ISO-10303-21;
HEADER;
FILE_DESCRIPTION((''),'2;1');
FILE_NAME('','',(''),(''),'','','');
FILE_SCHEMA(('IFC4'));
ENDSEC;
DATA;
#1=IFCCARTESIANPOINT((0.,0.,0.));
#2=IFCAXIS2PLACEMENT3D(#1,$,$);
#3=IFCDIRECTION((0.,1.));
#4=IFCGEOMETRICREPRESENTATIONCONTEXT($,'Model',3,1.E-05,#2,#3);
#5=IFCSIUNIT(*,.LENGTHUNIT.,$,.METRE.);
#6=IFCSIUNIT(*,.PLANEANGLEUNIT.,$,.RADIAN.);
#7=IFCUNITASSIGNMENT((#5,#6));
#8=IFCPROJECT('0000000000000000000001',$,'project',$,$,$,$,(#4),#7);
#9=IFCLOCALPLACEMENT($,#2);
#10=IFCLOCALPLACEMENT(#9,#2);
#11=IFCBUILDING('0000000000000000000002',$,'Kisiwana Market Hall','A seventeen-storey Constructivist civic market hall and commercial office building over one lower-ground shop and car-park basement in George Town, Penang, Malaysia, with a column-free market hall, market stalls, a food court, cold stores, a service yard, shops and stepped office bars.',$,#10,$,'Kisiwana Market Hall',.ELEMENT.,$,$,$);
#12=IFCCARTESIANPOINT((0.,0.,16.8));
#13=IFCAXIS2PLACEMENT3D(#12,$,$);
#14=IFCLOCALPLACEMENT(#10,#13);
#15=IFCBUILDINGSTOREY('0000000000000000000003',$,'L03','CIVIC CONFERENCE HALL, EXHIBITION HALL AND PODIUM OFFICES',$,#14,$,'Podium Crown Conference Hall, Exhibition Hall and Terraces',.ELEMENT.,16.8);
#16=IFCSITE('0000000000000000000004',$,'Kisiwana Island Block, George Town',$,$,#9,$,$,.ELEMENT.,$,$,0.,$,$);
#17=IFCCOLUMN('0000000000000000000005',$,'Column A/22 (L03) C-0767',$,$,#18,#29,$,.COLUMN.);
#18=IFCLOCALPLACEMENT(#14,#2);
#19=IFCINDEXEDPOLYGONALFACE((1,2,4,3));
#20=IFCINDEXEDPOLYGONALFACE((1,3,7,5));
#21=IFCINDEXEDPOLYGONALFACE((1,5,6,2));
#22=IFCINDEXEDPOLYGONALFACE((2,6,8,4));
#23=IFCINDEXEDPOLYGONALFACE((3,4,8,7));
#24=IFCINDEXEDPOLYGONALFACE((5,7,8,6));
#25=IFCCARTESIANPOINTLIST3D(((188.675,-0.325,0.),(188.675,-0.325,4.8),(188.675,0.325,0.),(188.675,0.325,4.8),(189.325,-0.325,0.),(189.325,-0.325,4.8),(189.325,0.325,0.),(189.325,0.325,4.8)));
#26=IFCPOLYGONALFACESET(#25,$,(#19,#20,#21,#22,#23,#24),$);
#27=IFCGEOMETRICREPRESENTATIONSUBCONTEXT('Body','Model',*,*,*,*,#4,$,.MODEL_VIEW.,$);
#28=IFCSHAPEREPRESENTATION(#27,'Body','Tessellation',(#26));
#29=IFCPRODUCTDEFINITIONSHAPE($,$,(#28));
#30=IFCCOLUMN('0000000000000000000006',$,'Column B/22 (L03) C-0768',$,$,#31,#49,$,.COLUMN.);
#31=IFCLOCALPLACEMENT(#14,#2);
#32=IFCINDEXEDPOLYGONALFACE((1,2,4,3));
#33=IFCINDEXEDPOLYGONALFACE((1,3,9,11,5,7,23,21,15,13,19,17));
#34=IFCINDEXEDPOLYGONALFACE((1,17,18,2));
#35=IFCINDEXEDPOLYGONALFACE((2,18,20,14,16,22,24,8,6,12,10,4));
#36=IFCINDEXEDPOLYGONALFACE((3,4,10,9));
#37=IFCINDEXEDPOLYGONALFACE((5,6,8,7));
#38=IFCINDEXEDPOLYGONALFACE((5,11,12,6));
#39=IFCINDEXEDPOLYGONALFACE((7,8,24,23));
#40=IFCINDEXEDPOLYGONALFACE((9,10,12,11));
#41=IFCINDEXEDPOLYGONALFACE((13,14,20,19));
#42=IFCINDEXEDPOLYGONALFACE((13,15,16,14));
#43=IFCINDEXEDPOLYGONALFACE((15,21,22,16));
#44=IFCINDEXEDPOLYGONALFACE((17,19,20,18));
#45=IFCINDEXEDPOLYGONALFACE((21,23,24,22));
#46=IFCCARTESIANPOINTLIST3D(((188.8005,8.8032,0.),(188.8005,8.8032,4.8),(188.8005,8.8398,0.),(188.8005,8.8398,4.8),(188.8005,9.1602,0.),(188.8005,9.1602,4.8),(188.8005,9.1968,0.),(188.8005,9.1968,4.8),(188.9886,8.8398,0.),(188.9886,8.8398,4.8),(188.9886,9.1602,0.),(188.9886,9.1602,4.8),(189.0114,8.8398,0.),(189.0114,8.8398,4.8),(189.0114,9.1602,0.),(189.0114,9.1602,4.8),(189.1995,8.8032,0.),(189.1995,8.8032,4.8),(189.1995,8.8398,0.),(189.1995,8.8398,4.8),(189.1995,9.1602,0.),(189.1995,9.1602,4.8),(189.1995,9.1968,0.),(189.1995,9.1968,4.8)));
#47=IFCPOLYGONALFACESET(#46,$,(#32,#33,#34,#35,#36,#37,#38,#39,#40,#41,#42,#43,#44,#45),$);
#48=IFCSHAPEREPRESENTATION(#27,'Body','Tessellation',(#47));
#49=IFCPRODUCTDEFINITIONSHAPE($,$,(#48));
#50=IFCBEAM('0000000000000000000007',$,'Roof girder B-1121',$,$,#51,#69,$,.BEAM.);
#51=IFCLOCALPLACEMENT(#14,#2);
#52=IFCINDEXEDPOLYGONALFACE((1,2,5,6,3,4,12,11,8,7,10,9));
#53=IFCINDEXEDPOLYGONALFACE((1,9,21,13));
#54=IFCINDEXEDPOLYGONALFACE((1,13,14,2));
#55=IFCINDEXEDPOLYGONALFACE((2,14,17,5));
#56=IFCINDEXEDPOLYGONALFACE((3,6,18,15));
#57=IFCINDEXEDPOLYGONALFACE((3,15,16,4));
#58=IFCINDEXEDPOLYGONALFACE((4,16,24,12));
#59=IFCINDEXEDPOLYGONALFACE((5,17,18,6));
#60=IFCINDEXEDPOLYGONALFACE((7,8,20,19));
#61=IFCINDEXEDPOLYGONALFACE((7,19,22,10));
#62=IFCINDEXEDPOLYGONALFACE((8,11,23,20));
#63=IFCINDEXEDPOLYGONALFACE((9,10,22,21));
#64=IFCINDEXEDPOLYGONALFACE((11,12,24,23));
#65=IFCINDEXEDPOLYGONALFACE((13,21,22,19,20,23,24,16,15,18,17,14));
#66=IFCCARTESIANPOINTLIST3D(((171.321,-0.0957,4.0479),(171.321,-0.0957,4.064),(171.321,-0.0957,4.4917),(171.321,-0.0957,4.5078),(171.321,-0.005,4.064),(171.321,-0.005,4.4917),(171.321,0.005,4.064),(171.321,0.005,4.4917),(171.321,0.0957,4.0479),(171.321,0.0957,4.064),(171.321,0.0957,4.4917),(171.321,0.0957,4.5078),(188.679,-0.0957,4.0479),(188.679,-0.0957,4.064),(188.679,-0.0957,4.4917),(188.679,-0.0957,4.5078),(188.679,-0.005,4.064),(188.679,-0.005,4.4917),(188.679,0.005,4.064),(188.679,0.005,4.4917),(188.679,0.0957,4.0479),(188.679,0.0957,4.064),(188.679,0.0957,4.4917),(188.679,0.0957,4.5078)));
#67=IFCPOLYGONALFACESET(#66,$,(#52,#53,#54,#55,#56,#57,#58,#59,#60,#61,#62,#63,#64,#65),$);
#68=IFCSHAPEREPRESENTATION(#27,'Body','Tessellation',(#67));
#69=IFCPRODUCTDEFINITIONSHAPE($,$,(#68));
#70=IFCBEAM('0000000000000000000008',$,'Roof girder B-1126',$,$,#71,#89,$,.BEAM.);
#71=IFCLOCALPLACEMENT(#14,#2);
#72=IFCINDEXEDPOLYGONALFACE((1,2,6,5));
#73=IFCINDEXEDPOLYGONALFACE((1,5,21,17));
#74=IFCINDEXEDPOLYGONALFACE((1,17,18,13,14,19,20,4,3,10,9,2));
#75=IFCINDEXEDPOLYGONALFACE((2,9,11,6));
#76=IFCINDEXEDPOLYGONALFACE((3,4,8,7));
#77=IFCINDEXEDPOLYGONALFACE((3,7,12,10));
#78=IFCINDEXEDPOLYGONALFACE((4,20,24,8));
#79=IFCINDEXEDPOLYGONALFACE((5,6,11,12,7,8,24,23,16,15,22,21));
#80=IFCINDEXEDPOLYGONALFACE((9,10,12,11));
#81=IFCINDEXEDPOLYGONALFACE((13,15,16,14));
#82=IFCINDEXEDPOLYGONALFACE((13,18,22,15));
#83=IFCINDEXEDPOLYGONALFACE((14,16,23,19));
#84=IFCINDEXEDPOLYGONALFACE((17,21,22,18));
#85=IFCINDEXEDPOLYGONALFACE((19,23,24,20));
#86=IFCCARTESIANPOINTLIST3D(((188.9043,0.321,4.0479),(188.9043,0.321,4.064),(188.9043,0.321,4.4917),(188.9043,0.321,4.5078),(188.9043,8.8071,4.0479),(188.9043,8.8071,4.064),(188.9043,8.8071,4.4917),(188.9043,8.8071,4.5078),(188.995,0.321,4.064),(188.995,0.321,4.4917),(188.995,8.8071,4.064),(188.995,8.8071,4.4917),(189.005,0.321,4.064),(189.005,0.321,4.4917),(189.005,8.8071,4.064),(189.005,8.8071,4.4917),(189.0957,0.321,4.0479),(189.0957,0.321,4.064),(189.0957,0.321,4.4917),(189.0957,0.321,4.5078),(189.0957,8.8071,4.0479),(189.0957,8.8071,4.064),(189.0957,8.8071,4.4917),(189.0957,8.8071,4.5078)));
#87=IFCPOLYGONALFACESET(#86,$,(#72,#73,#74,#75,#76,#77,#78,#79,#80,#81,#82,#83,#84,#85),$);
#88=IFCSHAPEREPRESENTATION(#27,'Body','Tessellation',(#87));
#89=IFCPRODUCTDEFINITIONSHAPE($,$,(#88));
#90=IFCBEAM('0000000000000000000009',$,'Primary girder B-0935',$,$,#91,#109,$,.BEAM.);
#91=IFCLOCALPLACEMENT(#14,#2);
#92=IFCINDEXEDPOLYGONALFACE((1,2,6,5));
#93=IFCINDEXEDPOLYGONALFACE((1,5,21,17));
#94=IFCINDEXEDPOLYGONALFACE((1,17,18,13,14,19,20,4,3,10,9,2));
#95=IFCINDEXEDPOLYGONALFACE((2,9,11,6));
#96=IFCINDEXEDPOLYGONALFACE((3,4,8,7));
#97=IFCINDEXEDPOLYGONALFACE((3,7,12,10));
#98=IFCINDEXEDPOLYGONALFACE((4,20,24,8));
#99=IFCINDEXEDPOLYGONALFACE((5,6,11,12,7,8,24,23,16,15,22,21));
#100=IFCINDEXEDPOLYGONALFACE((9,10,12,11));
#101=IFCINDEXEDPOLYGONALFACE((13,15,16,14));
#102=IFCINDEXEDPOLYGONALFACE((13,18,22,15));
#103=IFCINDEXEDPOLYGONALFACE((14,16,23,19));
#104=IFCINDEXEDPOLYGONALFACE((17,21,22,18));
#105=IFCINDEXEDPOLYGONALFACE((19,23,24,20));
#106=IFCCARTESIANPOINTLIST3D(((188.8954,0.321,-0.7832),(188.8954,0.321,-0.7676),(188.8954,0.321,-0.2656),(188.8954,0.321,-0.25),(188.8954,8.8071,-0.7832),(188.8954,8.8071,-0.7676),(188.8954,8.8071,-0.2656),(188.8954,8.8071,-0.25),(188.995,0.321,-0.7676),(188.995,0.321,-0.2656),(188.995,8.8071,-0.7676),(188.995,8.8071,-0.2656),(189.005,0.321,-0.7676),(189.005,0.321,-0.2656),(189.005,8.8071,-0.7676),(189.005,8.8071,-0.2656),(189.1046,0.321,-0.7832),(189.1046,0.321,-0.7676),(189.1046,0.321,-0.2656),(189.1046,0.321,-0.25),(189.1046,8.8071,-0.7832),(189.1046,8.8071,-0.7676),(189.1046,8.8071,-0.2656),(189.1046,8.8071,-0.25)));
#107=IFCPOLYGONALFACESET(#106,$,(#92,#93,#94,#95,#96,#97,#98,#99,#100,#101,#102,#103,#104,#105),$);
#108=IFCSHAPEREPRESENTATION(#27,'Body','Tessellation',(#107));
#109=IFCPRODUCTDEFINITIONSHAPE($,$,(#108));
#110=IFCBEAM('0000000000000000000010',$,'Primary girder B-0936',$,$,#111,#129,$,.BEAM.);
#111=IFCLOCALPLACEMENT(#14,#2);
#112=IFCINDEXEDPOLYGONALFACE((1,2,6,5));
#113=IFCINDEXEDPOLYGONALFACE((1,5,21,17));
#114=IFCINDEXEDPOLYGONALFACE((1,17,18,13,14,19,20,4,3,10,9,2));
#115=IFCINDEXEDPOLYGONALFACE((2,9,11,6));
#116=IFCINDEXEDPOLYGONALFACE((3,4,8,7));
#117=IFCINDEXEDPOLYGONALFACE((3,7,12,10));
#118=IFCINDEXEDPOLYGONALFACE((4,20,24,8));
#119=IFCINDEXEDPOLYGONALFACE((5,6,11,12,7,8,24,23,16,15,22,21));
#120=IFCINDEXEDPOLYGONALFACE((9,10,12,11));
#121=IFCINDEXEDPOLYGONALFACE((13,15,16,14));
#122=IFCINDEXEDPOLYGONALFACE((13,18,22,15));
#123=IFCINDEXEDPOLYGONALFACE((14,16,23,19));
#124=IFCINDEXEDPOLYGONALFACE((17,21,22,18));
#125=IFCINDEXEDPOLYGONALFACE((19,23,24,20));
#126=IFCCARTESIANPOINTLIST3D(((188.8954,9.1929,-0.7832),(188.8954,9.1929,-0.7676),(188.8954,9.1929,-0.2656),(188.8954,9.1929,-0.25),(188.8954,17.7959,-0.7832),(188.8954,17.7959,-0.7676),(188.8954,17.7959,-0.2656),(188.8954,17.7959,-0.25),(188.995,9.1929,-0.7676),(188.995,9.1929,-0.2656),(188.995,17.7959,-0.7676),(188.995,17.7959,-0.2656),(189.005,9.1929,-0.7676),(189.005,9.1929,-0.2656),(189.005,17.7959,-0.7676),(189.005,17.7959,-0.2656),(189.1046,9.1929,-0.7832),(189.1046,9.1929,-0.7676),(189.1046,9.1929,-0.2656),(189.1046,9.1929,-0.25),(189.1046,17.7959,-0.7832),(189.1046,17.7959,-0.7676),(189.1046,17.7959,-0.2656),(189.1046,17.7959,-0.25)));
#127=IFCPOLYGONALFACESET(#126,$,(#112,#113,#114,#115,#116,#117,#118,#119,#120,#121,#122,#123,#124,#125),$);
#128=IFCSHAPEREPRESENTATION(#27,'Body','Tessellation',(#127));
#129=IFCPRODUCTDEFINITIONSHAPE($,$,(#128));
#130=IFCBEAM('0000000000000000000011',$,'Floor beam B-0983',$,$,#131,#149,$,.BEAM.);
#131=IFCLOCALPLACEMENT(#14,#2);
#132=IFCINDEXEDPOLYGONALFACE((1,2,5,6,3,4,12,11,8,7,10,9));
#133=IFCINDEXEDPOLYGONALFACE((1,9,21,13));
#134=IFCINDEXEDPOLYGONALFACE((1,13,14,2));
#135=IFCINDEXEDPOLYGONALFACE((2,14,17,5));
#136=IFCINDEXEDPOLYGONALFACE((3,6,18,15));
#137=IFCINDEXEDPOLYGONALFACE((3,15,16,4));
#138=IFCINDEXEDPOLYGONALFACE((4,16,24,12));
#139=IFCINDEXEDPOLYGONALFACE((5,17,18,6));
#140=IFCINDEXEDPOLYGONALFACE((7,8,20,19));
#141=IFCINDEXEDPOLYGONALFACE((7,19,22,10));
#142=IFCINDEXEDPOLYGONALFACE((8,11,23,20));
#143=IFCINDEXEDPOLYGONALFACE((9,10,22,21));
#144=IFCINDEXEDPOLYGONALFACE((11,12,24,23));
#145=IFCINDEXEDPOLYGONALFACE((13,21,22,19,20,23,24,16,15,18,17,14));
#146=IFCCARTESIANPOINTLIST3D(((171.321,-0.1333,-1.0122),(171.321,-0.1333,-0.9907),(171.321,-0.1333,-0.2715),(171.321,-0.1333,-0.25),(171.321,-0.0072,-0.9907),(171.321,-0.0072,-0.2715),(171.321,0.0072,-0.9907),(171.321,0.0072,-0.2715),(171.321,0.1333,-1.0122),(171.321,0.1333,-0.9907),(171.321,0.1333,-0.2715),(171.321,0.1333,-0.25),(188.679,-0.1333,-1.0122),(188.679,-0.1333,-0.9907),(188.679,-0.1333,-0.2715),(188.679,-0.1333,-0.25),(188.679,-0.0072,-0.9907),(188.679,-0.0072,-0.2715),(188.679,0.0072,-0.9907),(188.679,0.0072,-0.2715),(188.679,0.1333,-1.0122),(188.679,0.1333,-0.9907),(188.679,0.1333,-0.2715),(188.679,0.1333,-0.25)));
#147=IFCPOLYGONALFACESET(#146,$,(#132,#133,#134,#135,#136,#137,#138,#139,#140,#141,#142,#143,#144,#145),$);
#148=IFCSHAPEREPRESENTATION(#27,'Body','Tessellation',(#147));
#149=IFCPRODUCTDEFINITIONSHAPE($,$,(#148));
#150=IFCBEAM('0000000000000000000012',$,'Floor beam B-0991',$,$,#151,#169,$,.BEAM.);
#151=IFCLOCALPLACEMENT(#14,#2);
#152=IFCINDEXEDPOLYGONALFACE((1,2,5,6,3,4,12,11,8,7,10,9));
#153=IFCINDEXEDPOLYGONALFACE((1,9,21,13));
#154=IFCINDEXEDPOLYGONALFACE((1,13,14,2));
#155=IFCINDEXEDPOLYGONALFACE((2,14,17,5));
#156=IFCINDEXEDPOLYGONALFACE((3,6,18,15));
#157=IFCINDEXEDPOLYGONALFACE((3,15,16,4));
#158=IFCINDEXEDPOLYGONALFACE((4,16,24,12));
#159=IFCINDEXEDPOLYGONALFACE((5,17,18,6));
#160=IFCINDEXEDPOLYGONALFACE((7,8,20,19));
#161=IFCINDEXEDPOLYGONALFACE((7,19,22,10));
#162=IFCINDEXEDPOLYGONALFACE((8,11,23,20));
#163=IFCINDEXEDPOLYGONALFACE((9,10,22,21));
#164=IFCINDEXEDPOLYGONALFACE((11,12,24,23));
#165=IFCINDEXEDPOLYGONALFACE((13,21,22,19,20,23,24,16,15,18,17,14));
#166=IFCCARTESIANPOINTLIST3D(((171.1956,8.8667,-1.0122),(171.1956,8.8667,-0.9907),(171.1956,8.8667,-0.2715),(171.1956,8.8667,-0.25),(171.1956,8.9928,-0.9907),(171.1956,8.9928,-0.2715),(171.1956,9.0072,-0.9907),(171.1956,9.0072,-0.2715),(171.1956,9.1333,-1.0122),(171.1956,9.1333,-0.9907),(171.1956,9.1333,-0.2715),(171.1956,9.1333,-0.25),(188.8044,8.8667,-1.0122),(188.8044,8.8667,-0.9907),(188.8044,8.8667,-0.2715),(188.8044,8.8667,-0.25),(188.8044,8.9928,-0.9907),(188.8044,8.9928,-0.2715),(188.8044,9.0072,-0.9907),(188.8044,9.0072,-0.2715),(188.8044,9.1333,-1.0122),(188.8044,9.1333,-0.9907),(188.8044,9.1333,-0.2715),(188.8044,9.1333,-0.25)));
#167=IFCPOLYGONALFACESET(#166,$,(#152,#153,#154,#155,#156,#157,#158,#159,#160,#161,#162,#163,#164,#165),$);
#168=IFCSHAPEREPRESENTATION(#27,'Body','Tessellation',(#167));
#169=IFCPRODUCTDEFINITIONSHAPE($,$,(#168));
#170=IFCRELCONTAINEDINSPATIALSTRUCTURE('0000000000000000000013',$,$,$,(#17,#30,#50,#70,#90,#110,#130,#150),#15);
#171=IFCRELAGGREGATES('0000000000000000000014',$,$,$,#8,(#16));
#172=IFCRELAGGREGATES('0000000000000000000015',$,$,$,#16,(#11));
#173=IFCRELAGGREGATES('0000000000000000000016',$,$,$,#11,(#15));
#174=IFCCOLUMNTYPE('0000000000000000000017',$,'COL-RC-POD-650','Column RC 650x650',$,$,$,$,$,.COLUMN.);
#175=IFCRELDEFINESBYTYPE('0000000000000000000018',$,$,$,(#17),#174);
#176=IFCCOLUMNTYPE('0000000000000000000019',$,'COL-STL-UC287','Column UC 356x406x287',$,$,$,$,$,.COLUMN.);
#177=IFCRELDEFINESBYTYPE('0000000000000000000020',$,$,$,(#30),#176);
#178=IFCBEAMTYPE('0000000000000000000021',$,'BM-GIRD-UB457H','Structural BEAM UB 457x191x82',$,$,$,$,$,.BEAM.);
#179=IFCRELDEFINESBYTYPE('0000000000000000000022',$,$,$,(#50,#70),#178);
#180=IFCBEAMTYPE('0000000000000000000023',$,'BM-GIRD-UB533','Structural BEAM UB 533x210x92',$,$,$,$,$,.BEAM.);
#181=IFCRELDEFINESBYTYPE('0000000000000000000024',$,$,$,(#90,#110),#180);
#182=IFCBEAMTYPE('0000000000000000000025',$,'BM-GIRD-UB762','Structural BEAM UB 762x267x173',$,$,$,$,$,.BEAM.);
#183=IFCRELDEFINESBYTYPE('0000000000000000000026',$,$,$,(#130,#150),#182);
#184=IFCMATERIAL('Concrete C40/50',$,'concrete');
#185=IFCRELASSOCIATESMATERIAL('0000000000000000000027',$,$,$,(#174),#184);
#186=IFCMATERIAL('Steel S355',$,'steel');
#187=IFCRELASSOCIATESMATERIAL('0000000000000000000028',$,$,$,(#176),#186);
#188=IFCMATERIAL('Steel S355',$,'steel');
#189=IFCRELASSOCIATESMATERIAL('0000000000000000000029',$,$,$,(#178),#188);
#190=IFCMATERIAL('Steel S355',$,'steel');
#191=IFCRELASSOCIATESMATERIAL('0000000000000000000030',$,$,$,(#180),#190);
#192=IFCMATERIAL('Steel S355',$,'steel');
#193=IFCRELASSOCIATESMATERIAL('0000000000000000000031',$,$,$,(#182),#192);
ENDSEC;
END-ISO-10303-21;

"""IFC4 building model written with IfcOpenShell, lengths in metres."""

from ifc_helpers import new_model, si_unit, direction, frame, origin, origin_2d, place, context, subcontext, project, spatial, rectangle, i_section, extrude, material, material_profile, profile_set, type_object, element, save


model = new_model("IFC4")

# Units and contexts
model_context = context("Model", 3, precision=1e-05, world=origin(), true_north=direction((0.0, 1.0)))
body_context = subcontext(model_context, "Body", "Model", "MODEL_VIEW")
ifc_project = project(units=[si_unit("LENGTHUNIT", "METRE"), si_unit("PLANEANGLEUNIT", "RADIAN")], contexts=[model_context])

# Site, building, storey
site_placement = place(None, origin())
site = spatial("IfcSite", under=ifc_project, at=site_placement, Name="Kisiwana Island Block, George Town", CompositionType="ELEMENT", RefElevation=0.0)
building_placement = place(site_placement, origin())
building = spatial("IfcBuilding", under=site, at=building_placement, Name="Kisiwana Market Hall", Description="A seventeen-storey Constructivist civic market hall and commercial office building over one lower-ground shop and car-park basement in George Town, Penang, Malaysia, with a column-free market hall, market stalls, a food court, cold stores, a service yard, shops and stepped office bars.", LongName="Kisiwana Market Hall", CompositionType="ELEMENT")
storey_placement = place(building_placement, frame((0.0, 0.0, 16.8)))
storey = spatial("IfcBuildingStorey", under=building, at=storey_placement, Name="L03", Description="CIVIC CONFERENCE HALL, EXHIBITION HALL AND PODIUM OFFICES", LongName="Podium Crown Conference Hall, Exhibition Hall and Terraces", CompositionType="ELEMENT", Elevation=16.8)

# Columns
ifc_material_1 = material(Name="Concrete C40/50", Category="concrete")
ifc_material_profile_1 = material_profile(ifc_material_1, rectangle(XDim=0.6499, YDim=0.6499, at=origin_2d()), Name="RC 650x650")
ifc_profile_set_1 = profile_set([ifc_material_profile_1], Name="Concrete C40/50")
column_type_1 = type_object("IfcColumnType", Name="COL-RC-POD-650", Description="Column RC 650x650", PredefinedType="COLUMN", material=ifc_profile_set_1)
column_1_placement = place(storey_placement, frame((189.0, 0.0, 0.0), z_axis=(0.0, 0.0, 1.0), x_axis=(1.0, 0.0, 0.0)))
element("IfcColumn", 1, at=column_1_placement, inside=storey, type_object=column_type_1, Name="Column A/22 (L03) C-0767", PredefinedType="COLUMN", context=body_context, shape_type="SweptSolid", body=[
    extrude(rectangle(XDim=0.6499, YDim=0.6499, at=origin_2d()), origin(), (0.0, 0.0, 1.0), 4.8),
])
ifc_material_2 = material(Name="Steel S355", Category="steel")
ifc_material_profile_2 = material_profile(ifc_material_2, i_section(OverallWidth=0.3989, OverallDepth=0.3936, WebThickness=0.0227, FlangeThickness=0.0366, at=origin_2d()), Name="UC 356x406x287")
ifc_profile_set_2 = profile_set([ifc_material_profile_2], Name="Steel S355")
column_type_2 = type_object("IfcColumnType", Name="COL-STL-UC287", Description="Column UC 356x406x287", PredefinedType="COLUMN", material=ifc_profile_set_2)
column_2_placement = place(storey_placement, frame((189.0, 9.0, 0.0), z_axis=(0.0, 0.0, 1.0), x_axis=(1.0, 0.0, 0.0)))
element("IfcColumn", 2, at=column_2_placement, inside=storey, type_object=column_type_2, Name="Column B/22 (L03) C-0768", PredefinedType="COLUMN", context=body_context, shape_type="SweptSolid", body=[
    extrude(i_section(OverallWidth=0.3989, OverallDepth=0.3936, WebThickness=0.0227, FlangeThickness=0.0366, at=origin_2d()), origin(), (0.0, 0.0, 1.0), 4.8),
])

# Beams
ifc_material_3 = material(Name="Steel S355", Category="steel")
ifc_material_profile_3 = material_profile(ifc_material_3, i_section(OverallWidth=0.1914, OverallDepth=0.46, WebThickness=0.01, FlangeThickness=0.0161, at=origin_2d()), Name="UB 457x191x82")
ifc_profile_set_3 = profile_set([ifc_material_profile_3], Name="Steel S355")
beam_type_1 = type_object("IfcBeamType", Name="BM-GIRD-UB457H", Description="Structural BEAM UB 457x191x82", PredefinedType="BEAM", material=ifc_profile_set_3)
beam_1_placement = place(storey_placement, frame((171.321, 0.0, 4.2778), z_axis=(1.0, 0.0, 0.0), x_axis=(0.0, 1.0, 0.0)))
element("IfcBeam", 3, at=beam_1_placement, inside=storey, type_object=beam_type_1, Name="Roof girder B-1121", PredefinedType="BEAM", context=body_context, shape_type="SweptSolid", body=[
    extrude(i_section(OverallWidth=0.1914, OverallDepth=0.46, WebThickness=0.01, FlangeThickness=0.0161, at=origin_2d()), origin(), (0.0, 0.0, 1.0), 17.3579),
])
beam_2_placement = place(storey_placement, frame((189.0, 0.321, 4.2778), z_axis=(0.0, 1.0, 0.0), x_axis=(-1.0, 0.0, 0.0)))
element("IfcBeam", 4, at=beam_2_placement, inside=storey, type_object=beam_type_1, Name="Roof girder B-1126", PredefinedType="BEAM", context=body_context, shape_type="SweptSolid", body=[
    extrude(i_section(OverallWidth=0.1914, OverallDepth=0.46, WebThickness=0.01, FlangeThickness=0.0161, at=origin_2d()), origin(), (0.0, 0.0, 1.0), 8.4861),
])
ifc_material_4 = material(Name="Steel S355", Category="steel")
ifc_material_profile_4 = material_profile(ifc_material_4, i_section(OverallWidth=0.2092, OverallDepth=0.5332, WebThickness=0.01, FlangeThickness=0.0156, at=origin_2d()), Name="UB 533x210x92")
ifc_profile_set_4 = profile_set([ifc_material_profile_4], Name="Steel S355")
beam_type_2 = type_object("IfcBeamType", Name="BM-GIRD-UB533", Description="Structural BEAM UB 533x210x92", PredefinedType="BEAM", material=ifc_profile_set_4)
beam_3_placement = place(storey_placement, frame((189.0, 0.321, -0.5166), z_axis=(0.0, 1.0, 0.0), x_axis=(-1.0, 0.0, 0.0)))
element("IfcBeam", 5, at=beam_3_placement, inside=storey, type_object=beam_type_2, Name="Primary girder B-0935", PredefinedType="BEAM", context=body_context, shape_type="SweptSolid", body=[
    extrude(i_section(OverallWidth=0.2092, OverallDepth=0.5332, WebThickness=0.01, FlangeThickness=0.0156, at=origin_2d()), origin(), (0.0, 0.0, 1.0), 8.4861),
])
beam_4_placement = place(storey_placement, frame((189.0, 9.1929, -0.5166), z_axis=(0.0, 1.0, 0.0), x_axis=(-1.0, 0.0, 0.0)))
element("IfcBeam", 6, at=beam_4_placement, inside=storey, type_object=beam_type_2, Name="Primary girder B-0936", PredefinedType="BEAM", context=body_context, shape_type="SweptSolid", body=[
    extrude(i_section(OverallWidth=0.2092, OverallDepth=0.5332, WebThickness=0.01, FlangeThickness=0.0156, at=origin_2d()), origin(), (0.0, 0.0, 1.0), 8.603),
])
ifc_material_5 = material(Name="Steel S355", Category="steel")
ifc_material_profile_5 = material_profile(ifc_material_5, i_section(OverallWidth=0.2666, OverallDepth=0.7622, WebThickness=0.0144, FlangeThickness=0.0215, at=origin_2d()), Name="UB 762x267x173")
ifc_profile_set_5 = profile_set([ifc_material_profile_5], Name="Steel S355")
beam_type_3 = type_object("IfcBeamType", Name="BM-GIRD-UB762", Description="Structural BEAM UB 762x267x173", PredefinedType="BEAM", material=ifc_profile_set_5)
beam_5_placement = place(storey_placement, frame((171.321, 0.0, -0.6311), z_axis=(1.0, 0.0, 0.0), x_axis=(0.0, 1.0, 0.0)))
element("IfcBeam", 7, at=beam_5_placement, inside=storey, type_object=beam_type_3, Name="Floor beam B-0983", PredefinedType="BEAM", context=body_context, shape_type="SweptSolid", body=[
    extrude(i_section(OverallWidth=0.2666, OverallDepth=0.7622, WebThickness=0.0144, FlangeThickness=0.0215, at=origin_2d()), origin(), (0.0, 0.0, 1.0), 17.3579),
])
beam_6_placement = place(storey_placement, frame((171.1956, 9.0, -0.6311), z_axis=(1.0, 0.0, 0.0), x_axis=(0.0, 1.0, 0.0)))
element("IfcBeam", 8, at=beam_6_placement, inside=storey, type_object=beam_type_3, Name="Floor beam B-0991", PredefinedType="BEAM", context=body_context, shape_type="SweptSolid", body=[
    extrude(i_section(OverallWidth=0.2666, OverallDepth=0.7622, WebThickness=0.0144, FlangeThickness=0.0215, at=origin_2d()), origin(), (0.0, 0.0, 1.0), 17.6089),
])

save(model, "model.ifc")
